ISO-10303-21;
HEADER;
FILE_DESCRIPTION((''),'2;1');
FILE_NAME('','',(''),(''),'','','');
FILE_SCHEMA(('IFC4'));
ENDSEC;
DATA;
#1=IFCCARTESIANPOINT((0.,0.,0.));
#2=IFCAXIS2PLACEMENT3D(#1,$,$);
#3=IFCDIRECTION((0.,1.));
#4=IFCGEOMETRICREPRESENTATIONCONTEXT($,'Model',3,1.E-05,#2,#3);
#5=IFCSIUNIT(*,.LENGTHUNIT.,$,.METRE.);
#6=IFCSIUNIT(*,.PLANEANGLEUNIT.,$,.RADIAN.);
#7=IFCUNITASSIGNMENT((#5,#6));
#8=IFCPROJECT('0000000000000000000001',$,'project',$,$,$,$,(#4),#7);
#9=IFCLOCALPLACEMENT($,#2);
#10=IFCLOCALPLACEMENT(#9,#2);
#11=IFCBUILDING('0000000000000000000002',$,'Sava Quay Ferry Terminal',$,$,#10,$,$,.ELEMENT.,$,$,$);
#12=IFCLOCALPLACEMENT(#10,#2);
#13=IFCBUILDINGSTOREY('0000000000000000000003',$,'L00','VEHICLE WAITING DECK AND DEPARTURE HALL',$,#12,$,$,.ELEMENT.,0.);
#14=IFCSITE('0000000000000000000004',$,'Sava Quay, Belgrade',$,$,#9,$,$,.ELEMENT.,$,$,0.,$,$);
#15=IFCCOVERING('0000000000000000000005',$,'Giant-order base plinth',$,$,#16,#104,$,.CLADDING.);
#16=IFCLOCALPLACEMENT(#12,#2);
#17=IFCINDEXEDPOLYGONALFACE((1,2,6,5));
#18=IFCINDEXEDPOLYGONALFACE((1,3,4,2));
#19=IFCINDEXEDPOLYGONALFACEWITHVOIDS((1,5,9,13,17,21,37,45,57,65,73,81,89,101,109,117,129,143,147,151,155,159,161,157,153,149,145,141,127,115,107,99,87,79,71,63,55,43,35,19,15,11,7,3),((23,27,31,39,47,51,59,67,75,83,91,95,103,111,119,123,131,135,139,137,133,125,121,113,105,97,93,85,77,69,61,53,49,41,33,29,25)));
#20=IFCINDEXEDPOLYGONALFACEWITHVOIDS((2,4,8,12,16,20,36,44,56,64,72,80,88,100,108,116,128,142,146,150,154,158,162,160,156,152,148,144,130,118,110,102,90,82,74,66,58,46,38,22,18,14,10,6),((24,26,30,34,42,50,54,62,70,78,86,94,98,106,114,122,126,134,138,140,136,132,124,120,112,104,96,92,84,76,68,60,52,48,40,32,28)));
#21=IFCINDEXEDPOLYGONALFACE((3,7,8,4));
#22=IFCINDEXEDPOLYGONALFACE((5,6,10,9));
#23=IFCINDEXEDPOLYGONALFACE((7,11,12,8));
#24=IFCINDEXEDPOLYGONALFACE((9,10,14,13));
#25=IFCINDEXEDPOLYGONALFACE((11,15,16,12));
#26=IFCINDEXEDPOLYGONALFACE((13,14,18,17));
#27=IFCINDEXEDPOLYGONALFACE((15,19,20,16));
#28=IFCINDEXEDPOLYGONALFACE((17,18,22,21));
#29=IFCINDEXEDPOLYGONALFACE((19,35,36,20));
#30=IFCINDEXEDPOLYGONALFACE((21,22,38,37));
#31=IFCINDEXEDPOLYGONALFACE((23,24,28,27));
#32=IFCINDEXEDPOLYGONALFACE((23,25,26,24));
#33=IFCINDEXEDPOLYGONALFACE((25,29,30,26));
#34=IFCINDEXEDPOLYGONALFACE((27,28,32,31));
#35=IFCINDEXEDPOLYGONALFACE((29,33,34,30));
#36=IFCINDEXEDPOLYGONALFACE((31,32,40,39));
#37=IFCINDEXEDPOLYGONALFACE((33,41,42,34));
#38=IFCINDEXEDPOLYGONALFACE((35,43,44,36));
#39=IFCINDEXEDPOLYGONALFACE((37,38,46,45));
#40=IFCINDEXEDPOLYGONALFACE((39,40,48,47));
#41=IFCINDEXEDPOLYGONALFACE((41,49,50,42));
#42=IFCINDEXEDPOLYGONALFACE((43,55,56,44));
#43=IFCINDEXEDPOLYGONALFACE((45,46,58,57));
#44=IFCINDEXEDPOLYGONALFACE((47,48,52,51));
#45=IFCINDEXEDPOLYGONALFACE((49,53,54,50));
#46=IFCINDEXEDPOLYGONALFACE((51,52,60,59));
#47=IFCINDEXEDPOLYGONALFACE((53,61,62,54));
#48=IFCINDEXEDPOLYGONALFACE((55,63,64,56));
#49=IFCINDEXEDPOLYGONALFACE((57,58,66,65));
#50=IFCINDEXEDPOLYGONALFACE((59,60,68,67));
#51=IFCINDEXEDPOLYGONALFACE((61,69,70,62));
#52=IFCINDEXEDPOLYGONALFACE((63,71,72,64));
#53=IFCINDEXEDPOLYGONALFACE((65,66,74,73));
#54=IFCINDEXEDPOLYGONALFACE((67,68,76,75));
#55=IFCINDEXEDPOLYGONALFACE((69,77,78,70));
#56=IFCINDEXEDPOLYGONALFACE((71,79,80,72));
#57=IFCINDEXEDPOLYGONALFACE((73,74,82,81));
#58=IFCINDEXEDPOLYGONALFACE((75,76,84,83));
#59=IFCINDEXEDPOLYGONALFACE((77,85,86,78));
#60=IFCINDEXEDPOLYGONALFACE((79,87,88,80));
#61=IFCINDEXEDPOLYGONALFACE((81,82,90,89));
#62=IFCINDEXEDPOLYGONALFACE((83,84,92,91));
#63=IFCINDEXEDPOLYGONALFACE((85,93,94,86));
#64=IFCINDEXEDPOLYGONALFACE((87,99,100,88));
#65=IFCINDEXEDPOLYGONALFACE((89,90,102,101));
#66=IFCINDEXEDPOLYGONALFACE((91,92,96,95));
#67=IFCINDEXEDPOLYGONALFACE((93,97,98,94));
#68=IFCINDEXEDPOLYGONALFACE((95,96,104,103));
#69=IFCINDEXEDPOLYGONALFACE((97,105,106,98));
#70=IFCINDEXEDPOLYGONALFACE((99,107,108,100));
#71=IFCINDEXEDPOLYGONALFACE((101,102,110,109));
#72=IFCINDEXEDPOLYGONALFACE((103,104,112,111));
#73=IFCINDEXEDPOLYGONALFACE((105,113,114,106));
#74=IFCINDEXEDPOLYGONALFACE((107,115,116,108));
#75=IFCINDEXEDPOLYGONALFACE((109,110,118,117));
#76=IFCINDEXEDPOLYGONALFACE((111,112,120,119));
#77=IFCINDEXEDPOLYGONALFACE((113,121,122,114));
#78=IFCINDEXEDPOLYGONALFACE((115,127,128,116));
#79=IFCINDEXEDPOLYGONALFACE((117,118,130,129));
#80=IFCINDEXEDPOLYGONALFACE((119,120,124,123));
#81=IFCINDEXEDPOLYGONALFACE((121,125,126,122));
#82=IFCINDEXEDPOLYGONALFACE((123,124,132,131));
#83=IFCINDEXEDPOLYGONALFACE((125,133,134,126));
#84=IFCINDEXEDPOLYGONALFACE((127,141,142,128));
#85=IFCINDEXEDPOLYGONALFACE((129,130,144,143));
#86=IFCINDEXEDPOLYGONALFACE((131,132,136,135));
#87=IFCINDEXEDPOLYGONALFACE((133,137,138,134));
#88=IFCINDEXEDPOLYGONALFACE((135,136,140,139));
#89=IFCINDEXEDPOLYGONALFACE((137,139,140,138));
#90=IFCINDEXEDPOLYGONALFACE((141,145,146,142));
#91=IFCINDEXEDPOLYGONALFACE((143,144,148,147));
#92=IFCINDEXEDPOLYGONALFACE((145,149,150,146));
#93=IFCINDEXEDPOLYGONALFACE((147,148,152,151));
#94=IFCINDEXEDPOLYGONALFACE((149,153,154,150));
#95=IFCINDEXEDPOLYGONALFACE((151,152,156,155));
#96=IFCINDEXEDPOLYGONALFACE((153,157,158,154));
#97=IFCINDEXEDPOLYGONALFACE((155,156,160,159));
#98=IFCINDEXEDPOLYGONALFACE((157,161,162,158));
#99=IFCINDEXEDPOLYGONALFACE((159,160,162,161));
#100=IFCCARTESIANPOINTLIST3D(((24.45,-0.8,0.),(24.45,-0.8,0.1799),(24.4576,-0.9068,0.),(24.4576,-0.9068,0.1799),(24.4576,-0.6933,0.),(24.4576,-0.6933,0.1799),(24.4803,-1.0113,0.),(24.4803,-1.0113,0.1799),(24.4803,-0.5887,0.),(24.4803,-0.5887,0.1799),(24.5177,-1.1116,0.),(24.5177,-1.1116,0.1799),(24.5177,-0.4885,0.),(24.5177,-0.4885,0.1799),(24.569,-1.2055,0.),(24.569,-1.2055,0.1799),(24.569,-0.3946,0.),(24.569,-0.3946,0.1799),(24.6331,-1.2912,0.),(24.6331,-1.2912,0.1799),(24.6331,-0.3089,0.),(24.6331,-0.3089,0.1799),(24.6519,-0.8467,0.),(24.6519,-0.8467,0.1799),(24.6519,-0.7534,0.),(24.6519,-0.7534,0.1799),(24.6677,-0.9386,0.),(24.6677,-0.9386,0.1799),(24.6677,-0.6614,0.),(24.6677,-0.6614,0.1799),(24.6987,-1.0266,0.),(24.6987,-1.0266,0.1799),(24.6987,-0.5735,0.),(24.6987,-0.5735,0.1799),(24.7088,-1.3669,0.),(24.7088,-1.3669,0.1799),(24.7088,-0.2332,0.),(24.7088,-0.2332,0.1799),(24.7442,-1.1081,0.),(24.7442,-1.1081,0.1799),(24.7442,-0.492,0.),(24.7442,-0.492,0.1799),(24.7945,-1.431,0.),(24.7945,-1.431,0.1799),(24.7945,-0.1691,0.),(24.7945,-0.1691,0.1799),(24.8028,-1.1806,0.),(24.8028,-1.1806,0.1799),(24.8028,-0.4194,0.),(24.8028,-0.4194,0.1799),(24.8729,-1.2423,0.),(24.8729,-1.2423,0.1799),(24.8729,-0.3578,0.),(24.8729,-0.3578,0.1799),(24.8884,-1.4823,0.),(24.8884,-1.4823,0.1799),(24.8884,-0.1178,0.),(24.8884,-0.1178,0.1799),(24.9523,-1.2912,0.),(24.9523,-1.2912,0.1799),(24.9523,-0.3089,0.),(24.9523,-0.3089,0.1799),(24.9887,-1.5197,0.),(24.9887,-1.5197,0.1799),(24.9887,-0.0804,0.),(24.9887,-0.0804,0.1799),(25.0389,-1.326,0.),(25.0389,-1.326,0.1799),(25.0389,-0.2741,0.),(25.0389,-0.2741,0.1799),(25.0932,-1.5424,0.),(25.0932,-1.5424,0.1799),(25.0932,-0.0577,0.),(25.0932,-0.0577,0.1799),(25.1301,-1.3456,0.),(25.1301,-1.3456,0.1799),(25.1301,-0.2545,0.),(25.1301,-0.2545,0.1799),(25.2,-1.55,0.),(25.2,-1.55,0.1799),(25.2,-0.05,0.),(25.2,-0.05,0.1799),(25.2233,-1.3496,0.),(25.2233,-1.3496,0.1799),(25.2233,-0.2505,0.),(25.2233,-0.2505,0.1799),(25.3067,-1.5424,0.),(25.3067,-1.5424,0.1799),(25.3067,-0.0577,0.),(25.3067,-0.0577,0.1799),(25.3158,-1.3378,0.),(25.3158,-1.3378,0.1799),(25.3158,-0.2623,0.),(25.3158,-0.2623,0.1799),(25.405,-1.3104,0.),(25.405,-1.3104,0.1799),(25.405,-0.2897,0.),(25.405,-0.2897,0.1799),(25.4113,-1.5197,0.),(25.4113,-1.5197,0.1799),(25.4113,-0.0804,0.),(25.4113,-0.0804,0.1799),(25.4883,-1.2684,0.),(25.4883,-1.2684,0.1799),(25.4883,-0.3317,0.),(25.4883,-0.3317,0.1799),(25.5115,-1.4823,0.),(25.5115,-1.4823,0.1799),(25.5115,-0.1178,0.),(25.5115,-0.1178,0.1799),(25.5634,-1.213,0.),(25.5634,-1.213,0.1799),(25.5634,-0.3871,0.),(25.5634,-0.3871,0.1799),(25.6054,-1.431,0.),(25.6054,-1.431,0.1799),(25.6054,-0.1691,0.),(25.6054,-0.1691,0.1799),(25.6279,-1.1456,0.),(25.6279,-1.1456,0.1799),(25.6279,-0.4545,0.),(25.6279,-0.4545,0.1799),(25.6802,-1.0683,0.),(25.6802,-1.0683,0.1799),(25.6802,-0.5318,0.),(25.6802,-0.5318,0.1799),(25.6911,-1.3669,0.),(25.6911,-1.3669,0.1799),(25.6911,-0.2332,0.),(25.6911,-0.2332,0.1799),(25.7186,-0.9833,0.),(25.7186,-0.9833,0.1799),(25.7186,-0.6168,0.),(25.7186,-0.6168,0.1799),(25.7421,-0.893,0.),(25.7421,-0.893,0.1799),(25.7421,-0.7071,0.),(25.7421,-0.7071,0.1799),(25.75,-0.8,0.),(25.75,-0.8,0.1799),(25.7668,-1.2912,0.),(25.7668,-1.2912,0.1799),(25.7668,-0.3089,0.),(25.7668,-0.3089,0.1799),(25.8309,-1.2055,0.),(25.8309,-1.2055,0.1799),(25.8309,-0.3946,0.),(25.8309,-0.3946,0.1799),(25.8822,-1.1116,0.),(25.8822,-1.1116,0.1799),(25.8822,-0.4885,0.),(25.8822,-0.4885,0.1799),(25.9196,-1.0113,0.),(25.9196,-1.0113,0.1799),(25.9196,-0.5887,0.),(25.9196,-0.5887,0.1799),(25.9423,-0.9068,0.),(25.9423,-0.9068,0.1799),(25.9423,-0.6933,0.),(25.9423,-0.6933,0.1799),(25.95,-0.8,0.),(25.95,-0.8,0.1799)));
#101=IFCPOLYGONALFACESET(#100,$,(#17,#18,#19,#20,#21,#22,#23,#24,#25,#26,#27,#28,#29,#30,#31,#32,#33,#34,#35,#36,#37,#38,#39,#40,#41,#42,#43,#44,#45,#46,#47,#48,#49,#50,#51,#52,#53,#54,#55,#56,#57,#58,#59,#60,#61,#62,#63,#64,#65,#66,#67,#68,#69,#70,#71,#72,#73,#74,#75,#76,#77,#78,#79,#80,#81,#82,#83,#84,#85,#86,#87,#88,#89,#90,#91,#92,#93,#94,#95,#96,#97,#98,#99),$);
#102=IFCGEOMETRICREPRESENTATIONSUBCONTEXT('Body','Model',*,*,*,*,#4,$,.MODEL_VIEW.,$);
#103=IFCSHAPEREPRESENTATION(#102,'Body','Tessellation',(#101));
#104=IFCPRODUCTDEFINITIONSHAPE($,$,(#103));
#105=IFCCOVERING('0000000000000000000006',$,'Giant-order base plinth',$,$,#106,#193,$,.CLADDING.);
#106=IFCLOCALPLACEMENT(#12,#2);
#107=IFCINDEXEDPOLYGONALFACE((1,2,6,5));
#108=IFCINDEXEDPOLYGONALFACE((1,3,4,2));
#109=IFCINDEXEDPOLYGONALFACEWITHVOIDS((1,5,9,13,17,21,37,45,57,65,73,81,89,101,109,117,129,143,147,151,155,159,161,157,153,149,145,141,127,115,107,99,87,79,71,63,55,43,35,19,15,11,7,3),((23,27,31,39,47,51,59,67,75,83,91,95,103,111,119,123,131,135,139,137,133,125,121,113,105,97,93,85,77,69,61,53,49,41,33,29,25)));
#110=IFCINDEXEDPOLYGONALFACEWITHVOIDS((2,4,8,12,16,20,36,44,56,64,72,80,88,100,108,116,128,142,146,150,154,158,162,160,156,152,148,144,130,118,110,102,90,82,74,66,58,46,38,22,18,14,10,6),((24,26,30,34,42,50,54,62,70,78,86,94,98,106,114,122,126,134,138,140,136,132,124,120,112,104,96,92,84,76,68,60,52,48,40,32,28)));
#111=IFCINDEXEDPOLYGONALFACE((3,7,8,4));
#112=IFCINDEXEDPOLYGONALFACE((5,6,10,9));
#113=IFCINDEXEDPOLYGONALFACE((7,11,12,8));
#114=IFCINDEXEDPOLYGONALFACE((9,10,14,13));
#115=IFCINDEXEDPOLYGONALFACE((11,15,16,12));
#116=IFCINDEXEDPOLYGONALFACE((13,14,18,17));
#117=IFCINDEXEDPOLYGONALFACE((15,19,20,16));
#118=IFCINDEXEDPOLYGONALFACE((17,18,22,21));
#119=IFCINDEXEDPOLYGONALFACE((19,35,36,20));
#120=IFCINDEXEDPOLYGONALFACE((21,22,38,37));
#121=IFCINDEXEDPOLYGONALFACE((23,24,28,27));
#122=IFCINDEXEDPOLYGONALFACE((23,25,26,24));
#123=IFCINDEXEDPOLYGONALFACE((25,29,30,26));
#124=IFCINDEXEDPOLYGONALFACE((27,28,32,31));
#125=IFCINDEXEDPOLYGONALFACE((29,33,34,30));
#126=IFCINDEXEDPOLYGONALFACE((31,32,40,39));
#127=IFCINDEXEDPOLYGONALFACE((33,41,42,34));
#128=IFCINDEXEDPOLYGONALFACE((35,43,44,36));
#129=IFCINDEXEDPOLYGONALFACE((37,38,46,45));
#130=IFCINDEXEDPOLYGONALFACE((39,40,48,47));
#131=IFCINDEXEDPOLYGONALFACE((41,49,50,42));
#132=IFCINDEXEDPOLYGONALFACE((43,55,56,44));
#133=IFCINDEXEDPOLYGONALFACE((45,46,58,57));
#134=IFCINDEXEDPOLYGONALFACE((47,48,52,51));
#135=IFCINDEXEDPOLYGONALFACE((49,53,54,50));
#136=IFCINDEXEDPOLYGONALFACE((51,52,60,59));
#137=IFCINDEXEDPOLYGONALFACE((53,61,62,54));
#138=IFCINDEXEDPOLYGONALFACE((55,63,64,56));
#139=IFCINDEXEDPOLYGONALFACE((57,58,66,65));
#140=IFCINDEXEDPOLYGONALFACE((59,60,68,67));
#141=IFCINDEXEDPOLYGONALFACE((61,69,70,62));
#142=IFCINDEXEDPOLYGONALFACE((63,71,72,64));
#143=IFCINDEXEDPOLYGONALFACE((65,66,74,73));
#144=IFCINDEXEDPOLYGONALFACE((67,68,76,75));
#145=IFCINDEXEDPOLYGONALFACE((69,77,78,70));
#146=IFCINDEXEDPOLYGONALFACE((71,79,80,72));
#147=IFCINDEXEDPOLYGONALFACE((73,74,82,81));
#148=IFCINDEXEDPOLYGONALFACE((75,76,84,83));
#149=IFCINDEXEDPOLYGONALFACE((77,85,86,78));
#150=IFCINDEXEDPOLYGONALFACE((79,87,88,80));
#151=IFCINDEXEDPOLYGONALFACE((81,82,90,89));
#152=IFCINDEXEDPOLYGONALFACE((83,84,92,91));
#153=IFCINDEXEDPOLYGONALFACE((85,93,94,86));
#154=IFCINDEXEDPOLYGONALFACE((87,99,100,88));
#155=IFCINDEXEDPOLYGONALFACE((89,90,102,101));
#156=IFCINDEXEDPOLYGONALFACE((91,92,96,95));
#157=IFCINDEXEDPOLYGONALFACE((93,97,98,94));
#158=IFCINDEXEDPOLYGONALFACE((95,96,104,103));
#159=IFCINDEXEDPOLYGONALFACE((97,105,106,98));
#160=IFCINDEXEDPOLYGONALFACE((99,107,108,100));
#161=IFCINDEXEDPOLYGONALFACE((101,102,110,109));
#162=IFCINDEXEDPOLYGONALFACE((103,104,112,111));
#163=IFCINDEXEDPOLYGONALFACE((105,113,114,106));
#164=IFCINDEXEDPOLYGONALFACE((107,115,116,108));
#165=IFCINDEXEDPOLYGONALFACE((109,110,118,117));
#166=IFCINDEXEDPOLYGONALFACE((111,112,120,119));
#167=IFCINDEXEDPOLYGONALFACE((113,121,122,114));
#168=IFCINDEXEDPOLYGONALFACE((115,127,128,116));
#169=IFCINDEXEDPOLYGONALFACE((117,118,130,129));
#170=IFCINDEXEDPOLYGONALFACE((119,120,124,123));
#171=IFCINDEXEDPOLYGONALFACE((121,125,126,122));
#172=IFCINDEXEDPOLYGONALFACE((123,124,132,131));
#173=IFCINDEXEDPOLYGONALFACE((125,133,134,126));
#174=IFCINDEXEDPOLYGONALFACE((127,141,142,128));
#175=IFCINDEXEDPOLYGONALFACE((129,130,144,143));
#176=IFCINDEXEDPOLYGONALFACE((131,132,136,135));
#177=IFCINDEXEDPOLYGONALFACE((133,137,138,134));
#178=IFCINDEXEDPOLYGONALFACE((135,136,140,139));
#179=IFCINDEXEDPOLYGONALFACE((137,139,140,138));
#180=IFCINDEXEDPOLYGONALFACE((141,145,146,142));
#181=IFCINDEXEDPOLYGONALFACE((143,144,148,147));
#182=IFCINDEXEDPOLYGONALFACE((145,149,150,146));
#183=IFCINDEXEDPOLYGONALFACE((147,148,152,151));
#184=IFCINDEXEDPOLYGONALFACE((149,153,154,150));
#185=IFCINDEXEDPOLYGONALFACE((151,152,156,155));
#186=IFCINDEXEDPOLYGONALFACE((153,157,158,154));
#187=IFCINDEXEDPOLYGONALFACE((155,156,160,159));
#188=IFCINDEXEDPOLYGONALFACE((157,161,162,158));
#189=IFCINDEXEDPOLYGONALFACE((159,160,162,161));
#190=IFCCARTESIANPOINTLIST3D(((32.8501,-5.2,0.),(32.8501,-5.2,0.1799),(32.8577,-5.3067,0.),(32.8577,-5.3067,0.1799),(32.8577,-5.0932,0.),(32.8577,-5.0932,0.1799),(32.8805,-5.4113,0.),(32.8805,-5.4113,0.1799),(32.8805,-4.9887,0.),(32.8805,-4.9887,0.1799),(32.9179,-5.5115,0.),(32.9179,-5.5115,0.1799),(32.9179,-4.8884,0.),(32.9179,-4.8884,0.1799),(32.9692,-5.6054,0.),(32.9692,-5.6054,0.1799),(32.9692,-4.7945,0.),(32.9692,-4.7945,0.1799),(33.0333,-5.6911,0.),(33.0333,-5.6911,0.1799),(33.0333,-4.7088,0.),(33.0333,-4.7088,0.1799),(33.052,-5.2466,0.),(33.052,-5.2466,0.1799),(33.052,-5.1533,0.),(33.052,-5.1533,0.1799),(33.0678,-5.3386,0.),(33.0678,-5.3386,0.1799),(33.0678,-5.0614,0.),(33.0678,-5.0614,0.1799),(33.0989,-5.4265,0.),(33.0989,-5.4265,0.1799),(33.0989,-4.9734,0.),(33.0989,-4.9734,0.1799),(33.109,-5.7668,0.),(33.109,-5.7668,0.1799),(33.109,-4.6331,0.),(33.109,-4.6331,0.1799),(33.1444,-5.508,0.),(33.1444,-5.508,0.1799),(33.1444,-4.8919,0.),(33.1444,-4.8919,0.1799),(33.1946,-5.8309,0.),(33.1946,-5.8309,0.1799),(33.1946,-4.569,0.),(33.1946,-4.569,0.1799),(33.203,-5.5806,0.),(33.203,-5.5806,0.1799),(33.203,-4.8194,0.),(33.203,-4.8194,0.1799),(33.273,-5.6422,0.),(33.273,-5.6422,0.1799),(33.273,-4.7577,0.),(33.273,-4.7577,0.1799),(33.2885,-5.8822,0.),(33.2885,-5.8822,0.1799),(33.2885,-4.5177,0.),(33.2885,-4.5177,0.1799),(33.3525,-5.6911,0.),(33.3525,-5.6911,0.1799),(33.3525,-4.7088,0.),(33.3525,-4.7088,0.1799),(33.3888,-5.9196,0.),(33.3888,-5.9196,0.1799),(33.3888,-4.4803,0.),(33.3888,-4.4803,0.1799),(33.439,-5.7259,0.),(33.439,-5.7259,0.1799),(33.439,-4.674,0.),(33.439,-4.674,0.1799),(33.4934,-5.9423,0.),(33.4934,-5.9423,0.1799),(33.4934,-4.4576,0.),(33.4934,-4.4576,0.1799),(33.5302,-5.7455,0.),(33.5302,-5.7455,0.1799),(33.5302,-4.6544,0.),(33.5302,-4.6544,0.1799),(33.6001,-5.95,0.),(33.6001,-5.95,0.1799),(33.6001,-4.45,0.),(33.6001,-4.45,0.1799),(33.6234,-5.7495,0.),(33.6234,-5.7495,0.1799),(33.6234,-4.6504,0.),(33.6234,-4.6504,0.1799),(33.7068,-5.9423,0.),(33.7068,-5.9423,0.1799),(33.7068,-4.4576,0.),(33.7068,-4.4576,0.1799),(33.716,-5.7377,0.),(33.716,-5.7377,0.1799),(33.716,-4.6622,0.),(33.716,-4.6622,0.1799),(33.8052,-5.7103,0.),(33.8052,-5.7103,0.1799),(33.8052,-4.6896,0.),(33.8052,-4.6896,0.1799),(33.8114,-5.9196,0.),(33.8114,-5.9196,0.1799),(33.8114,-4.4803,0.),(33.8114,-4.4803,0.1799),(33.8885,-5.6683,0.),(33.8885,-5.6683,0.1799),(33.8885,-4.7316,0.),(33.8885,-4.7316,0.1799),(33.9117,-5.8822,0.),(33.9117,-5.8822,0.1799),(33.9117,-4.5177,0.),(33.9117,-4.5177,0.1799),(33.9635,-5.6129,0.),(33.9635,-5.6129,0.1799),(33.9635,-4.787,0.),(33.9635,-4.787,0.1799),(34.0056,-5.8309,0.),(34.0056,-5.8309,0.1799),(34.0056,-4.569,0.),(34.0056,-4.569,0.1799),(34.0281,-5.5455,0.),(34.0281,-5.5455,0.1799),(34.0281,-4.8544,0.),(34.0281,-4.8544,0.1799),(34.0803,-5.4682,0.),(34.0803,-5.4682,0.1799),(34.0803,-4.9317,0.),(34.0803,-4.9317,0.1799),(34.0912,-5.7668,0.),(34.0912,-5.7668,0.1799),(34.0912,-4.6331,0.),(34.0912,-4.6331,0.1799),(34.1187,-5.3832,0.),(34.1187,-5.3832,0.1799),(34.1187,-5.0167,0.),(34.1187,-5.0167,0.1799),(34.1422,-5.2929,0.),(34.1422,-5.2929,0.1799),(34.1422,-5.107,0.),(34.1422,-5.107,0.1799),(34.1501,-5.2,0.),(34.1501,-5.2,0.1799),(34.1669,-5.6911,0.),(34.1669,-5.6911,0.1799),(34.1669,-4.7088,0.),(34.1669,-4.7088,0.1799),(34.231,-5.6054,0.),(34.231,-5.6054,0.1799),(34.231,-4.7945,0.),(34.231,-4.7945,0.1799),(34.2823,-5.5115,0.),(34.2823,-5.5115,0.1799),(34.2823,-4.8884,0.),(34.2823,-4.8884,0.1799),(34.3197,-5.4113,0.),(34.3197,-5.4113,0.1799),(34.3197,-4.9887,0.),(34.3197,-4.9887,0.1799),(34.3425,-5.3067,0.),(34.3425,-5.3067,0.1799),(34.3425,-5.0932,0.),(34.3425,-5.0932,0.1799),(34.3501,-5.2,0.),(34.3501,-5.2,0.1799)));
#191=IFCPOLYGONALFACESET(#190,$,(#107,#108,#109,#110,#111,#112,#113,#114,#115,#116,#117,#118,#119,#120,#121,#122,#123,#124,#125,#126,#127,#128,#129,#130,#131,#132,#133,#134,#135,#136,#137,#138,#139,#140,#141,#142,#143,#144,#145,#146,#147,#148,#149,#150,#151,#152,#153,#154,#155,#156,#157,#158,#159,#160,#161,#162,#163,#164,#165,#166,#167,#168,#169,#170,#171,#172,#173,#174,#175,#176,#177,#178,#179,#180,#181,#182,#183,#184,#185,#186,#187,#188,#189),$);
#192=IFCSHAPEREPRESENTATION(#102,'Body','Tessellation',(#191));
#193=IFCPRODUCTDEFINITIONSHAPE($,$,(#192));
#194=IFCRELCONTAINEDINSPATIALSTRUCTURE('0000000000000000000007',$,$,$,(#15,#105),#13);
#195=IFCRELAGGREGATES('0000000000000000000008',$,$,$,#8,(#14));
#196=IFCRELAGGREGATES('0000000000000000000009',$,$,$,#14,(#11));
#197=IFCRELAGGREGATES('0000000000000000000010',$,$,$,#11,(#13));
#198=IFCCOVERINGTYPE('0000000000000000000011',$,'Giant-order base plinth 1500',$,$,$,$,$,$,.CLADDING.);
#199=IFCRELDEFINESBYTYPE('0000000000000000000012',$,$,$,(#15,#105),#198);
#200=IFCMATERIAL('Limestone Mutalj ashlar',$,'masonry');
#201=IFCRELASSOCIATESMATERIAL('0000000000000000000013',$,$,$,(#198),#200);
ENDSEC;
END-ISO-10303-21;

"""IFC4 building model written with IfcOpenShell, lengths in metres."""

from ifc_helpers import new_model, si_unit, direction, frame, origin, origin_2d, place, context, subcontext, project, spatial, hollow_circle, extrude, material, material_profile, profile_set, type_object, element, save


model = new_model("IFC4")

# Units and contexts
model_context = context("Model", 3, precision=1e-05, world=origin(), true_north=direction((0.0, 1.0)))
body_context = subcontext(model_context, "Body", "Model", "MODEL_VIEW")
ifc_project = project(units=[si_unit("LENGTHUNIT", "METRE"), si_unit("PLANEANGLEUNIT", "RADIAN")], contexts=[model_context])

# Site, building, storey
site_placement = place(None, origin())
site = spatial("IfcSite", under=ifc_project, at=site_placement, Name="Sava Quay, Belgrade", CompositionType="ELEMENT", RefElevation=0.0)
building_placement = place(site_placement, origin())
building = spatial("IfcBuilding", under=site, at=building_placement, Name="Sava Quay Ferry Terminal", CompositionType="ELEMENT")
storey_placement = place(building_placement, origin())
storey = spatial("IfcBuildingStorey", under=building, at=storey_placement, Name="L00", Description="VEHICLE WAITING DECK AND DEPARTURE HALL", CompositionType="ELEMENT", Elevation=0.0)

# Coverings
ifc_material_1 = material(Name="Limestone Mutalj ashlar", Category="masonry")
ifc_material_profile_1 = material_profile(ifc_material_1, hollow_circle(Radius=0.75, WallThickness=0.2, at=origin_2d()), Name="Base plinth 1500")
ifc_profile_set_1 = profile_set([ifc_material_profile_1], Name="Limestone Mutalj ashlar")
covering_type_1 = type_object("IfcCoveringType", Name="Giant-order base plinth 1500", PredefinedType="CLADDING", material=ifc_profile_set_1)
for number, where, z_axis, x_axis, name in (
    (1, (25.2, -0.8, 0.0), (0.0, 0.0, 1.0), (1.0, 0.0, 0.0), "Giant-order base plinth"),
    (2, (33.6001, -5.2, 0.0), (0.0, 0.0, 1.0), (1.0, 0.0, 0.0), "Giant-order base plinth"),
):
    element("IfcCovering", number, at=place(storey_placement, frame(where, z_axis=z_axis, x_axis=x_axis)), inside=storey, type_object=covering_type_1, Name=name, PredefinedType="CLADDING", context=body_context, shape_type="SweptSolid", body=[
        extrude(hollow_circle(Radius=0.75, WallThickness=0.2, at=origin_2d()), origin(), (0.0, 0.0, 1.0), 0.1799),
    ])

save(model, "model.ifc")
